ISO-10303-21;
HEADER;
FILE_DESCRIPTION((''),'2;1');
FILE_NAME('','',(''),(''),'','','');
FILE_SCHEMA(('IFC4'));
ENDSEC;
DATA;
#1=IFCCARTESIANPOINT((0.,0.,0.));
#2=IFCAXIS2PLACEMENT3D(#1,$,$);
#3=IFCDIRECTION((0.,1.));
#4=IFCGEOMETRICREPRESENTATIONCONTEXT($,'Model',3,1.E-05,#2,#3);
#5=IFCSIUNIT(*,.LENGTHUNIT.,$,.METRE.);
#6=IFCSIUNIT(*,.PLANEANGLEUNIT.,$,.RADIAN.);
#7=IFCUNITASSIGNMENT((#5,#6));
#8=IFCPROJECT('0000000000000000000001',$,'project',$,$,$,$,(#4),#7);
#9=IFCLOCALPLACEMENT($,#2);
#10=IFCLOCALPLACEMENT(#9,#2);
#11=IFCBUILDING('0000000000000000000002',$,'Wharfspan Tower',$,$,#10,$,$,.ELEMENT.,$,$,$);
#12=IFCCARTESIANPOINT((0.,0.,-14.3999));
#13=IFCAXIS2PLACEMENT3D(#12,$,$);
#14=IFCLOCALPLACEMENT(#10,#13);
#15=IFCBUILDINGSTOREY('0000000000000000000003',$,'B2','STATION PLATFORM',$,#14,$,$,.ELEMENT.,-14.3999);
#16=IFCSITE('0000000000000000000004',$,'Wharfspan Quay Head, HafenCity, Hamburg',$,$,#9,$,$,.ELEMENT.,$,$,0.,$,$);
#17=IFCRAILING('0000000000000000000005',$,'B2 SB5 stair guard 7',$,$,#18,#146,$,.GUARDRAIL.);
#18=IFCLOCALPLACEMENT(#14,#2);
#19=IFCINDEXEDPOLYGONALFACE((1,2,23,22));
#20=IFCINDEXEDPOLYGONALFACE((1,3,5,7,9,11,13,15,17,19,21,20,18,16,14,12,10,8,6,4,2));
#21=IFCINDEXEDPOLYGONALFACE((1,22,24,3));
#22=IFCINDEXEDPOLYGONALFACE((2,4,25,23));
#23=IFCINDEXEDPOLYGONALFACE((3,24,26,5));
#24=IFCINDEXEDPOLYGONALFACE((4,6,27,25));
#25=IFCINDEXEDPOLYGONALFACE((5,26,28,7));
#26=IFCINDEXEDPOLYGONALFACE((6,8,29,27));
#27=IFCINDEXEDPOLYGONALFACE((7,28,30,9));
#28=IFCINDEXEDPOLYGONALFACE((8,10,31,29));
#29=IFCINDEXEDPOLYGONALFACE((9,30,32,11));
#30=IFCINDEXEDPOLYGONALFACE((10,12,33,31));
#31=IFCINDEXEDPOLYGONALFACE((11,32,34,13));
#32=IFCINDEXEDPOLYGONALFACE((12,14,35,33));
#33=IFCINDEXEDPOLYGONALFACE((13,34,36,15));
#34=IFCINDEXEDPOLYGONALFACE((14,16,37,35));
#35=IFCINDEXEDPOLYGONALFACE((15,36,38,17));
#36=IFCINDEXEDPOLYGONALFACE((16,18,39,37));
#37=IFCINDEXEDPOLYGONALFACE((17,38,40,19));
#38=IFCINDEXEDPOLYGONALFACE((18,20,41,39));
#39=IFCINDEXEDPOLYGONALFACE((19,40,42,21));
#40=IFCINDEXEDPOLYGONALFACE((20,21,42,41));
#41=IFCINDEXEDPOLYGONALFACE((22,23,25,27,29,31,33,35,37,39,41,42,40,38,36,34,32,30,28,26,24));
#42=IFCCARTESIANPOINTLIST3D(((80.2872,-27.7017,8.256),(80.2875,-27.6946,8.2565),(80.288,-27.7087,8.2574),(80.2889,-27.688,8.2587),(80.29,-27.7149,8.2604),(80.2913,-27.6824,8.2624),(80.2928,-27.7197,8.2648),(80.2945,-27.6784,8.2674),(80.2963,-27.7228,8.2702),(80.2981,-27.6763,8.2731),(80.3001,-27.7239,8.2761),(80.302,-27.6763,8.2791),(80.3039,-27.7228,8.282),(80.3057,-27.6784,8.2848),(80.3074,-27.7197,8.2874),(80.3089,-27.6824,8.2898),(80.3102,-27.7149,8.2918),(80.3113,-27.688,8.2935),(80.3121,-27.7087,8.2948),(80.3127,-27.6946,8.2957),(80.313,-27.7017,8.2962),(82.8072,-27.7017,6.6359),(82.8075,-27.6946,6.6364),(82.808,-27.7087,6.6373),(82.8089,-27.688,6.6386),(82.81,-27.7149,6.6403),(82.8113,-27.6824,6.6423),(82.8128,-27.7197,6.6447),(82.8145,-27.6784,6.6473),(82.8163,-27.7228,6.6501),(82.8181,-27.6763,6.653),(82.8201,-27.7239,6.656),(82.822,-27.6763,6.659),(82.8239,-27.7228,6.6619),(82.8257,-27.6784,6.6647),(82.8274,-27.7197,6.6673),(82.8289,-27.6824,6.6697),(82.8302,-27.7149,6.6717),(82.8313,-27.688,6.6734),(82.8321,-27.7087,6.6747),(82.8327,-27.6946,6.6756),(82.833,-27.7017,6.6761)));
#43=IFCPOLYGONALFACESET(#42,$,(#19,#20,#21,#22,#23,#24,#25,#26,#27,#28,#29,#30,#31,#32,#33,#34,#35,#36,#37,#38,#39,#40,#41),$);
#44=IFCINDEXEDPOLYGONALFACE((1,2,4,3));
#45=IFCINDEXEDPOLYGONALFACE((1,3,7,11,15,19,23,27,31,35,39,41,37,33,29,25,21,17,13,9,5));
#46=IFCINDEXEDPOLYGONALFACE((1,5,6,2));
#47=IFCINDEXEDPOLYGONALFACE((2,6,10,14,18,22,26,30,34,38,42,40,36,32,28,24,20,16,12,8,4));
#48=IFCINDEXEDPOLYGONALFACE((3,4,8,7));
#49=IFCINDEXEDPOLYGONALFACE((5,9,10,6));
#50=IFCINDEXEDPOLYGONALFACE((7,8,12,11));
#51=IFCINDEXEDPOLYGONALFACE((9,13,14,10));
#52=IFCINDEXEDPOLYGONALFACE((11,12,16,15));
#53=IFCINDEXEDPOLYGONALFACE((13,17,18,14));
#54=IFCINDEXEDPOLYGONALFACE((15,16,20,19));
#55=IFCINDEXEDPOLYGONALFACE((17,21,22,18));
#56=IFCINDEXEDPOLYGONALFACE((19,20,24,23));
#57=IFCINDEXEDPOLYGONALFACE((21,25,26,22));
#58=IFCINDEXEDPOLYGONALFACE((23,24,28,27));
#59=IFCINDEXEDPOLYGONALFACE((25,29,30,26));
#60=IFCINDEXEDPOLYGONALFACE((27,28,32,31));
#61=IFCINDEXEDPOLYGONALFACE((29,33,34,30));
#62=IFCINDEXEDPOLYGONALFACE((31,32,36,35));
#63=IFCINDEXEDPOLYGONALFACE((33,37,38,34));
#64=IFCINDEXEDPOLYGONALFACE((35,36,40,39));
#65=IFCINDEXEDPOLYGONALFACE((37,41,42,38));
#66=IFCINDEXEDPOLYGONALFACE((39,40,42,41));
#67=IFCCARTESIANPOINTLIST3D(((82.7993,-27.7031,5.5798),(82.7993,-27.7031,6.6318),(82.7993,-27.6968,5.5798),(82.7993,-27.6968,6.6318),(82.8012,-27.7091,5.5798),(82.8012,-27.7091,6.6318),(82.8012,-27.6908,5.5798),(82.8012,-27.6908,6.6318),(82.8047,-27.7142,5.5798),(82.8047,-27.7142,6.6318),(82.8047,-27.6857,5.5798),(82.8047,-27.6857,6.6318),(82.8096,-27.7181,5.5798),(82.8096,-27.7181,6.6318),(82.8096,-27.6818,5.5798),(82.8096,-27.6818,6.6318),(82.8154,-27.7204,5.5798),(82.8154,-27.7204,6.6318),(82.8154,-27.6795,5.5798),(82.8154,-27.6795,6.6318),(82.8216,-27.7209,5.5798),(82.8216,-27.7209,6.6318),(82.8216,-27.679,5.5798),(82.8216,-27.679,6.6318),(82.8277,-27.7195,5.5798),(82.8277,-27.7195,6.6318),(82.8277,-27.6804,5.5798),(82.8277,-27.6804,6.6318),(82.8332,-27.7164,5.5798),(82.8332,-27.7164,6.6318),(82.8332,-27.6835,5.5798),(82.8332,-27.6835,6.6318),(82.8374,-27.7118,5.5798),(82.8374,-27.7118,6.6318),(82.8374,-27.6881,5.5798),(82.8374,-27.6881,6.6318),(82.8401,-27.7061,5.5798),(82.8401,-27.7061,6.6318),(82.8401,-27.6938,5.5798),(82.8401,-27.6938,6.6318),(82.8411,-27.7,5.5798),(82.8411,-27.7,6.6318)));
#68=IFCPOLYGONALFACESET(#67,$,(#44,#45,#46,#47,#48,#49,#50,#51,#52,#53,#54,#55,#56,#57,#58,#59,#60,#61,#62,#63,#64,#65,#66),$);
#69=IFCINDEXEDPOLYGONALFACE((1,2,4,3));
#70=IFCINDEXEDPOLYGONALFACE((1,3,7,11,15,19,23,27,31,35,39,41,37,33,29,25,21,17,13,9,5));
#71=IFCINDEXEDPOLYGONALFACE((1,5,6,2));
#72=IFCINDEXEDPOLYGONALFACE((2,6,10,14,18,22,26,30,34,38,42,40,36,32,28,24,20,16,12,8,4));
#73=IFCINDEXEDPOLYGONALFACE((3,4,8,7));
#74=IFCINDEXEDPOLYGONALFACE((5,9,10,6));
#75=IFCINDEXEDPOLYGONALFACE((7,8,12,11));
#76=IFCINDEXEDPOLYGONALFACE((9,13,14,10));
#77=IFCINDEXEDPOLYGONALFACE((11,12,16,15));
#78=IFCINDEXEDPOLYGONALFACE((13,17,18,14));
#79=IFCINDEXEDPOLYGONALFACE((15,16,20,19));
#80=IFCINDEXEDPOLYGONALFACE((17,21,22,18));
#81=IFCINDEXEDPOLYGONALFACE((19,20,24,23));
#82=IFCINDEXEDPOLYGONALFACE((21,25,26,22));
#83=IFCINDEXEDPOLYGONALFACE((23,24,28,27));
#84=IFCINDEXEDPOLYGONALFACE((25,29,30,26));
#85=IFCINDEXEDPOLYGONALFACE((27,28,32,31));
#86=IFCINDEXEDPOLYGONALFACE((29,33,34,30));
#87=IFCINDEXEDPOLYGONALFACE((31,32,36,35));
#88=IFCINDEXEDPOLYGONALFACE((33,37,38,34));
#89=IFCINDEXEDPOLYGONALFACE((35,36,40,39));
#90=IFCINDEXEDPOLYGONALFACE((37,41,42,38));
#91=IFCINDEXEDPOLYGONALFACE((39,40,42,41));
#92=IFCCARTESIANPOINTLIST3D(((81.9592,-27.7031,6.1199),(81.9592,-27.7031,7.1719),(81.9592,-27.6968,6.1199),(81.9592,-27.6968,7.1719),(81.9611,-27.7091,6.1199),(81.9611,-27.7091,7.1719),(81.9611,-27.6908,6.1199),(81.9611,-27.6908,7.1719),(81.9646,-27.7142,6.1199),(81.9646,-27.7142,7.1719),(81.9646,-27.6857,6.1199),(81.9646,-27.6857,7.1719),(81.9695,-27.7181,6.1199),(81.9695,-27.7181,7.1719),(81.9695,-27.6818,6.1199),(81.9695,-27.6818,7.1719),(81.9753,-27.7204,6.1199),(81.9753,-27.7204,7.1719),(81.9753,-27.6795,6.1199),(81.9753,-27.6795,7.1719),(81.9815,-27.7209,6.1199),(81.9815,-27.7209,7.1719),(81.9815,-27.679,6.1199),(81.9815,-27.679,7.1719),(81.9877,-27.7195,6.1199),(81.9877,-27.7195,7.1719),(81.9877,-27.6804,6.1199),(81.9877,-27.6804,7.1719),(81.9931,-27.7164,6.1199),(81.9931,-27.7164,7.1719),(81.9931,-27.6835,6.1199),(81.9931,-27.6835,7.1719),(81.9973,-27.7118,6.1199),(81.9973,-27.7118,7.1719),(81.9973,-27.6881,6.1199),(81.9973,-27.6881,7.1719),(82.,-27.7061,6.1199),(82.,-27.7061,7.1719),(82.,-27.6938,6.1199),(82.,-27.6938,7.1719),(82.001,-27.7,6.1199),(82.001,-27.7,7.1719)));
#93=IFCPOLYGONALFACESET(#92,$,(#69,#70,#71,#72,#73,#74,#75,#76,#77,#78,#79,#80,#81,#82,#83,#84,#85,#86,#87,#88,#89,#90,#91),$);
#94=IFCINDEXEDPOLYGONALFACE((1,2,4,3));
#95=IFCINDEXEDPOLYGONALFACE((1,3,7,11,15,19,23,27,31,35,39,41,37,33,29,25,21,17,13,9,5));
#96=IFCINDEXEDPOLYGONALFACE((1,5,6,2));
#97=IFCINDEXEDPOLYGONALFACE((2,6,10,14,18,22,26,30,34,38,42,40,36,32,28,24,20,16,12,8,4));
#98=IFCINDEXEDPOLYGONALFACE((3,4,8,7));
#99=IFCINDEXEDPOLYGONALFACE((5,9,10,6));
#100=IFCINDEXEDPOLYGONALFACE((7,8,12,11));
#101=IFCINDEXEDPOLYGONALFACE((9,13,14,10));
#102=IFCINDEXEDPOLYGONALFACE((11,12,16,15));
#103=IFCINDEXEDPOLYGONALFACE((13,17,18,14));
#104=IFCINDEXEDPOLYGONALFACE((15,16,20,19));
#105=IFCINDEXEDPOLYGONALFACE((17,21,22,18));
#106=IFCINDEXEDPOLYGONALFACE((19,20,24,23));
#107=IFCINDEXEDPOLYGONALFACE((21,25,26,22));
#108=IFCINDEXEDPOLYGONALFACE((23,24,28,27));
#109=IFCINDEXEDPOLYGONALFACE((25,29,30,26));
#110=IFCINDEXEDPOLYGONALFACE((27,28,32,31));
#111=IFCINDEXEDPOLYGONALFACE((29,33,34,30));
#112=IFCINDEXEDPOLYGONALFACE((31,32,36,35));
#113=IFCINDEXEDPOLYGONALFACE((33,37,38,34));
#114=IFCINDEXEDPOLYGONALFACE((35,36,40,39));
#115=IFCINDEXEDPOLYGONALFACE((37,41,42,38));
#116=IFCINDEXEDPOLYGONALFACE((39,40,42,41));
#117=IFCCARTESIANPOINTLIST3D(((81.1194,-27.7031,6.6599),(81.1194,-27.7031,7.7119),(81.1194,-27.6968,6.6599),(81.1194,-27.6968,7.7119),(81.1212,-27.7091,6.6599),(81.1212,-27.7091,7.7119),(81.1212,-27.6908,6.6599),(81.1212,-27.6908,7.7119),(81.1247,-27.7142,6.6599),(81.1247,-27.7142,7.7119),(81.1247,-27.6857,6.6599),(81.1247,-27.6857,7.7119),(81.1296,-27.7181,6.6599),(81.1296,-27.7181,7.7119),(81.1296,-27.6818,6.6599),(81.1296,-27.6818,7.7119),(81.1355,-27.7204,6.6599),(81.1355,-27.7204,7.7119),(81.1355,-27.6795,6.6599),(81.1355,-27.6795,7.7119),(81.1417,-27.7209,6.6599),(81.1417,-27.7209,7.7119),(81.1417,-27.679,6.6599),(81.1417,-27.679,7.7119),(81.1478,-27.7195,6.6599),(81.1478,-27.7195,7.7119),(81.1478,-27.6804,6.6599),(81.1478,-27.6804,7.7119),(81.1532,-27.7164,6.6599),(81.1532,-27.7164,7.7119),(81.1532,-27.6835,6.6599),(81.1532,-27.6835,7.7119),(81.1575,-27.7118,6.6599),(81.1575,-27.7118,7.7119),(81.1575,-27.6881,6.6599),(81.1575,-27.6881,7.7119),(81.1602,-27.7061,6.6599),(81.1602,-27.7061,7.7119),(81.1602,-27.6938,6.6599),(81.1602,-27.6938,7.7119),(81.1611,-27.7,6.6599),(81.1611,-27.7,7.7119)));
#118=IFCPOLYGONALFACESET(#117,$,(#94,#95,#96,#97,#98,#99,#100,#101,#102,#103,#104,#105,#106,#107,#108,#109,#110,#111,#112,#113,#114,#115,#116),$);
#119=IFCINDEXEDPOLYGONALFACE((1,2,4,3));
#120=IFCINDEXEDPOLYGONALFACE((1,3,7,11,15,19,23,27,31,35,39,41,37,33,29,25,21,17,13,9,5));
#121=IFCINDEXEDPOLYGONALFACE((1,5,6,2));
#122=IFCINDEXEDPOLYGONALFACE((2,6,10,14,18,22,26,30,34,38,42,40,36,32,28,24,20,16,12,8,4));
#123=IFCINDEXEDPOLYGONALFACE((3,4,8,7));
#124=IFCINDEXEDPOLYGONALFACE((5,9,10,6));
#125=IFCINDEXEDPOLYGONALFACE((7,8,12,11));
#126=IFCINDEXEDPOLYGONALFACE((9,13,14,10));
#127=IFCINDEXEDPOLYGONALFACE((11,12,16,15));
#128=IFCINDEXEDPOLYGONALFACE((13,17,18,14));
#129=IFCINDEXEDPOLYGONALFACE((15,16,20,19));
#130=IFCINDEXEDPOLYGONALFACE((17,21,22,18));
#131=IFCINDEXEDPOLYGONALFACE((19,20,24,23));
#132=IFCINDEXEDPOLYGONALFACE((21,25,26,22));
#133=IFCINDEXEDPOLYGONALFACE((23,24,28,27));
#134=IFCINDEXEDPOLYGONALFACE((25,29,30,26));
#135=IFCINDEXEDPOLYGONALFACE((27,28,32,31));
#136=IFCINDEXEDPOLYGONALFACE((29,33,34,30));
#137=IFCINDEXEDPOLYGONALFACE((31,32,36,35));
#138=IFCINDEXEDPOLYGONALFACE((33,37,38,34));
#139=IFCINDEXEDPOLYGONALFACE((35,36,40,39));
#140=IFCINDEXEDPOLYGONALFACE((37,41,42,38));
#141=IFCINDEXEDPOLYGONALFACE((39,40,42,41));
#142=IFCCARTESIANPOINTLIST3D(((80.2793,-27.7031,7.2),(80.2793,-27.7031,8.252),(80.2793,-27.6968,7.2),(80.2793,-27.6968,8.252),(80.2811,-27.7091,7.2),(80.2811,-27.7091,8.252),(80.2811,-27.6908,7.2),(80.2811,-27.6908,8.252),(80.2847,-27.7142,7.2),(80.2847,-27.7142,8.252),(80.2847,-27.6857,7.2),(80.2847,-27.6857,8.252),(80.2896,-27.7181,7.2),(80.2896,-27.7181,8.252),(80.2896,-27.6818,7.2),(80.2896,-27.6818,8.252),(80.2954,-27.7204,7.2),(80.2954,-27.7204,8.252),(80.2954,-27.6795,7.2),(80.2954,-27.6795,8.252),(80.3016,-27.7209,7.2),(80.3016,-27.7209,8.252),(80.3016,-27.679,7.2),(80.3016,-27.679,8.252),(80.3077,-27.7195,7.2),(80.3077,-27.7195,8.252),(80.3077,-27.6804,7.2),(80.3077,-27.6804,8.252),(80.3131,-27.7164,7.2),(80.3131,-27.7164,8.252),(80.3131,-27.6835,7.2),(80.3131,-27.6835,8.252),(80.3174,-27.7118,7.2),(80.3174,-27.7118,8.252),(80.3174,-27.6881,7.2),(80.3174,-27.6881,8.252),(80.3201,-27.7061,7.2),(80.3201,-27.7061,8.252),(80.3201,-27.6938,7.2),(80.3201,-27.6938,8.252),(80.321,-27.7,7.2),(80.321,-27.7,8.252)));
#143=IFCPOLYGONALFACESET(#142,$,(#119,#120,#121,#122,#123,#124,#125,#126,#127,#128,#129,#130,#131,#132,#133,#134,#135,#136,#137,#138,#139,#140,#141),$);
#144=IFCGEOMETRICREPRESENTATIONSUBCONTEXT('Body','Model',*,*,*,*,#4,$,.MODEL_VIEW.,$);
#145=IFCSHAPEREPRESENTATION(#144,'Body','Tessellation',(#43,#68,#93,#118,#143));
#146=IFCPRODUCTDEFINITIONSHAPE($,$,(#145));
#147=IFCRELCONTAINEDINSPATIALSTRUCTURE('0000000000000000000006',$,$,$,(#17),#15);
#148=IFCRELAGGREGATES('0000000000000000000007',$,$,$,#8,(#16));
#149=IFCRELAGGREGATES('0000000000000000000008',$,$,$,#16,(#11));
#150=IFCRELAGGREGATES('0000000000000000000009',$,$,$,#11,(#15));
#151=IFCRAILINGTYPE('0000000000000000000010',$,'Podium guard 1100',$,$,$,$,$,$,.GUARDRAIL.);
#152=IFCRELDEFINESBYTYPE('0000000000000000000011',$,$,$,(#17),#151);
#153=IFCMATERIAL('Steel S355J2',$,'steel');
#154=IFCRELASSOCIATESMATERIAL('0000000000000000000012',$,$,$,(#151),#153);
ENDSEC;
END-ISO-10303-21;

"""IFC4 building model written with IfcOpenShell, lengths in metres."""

from ifc_helpers import new_model, si_unit, direction, frame, origin, origin_2d, place, context, subcontext, project, spatial, circle, extrude, material, type_object, element, save


model = new_model("IFC4")

# Units and contexts
model_context = context("Model", 3, precision=1e-05, world=origin(), true_north=direction((0.0, 1.0)))
body_context = subcontext(model_context, "Body", "Model", "MODEL_VIEW")
ifc_project = project(units=[si_unit("LENGTHUNIT", "METRE"), si_unit("PLANEANGLEUNIT", "RADIAN")], contexts=[model_context])

# Site, building, storey
site_placement = place(None, origin())
site = spatial("IfcSite", under=ifc_project, at=site_placement, Name="Wharfspan Quay Head, HafenCity, Hamburg", CompositionType="ELEMENT", RefElevation=0.0)
building_placement = place(site_placement, origin())
building = spatial("IfcBuilding", under=site, at=building_placement, Name="Wharfspan Tower", CompositionType="ELEMENT")
storey_placement = place(building_placement, frame((0.0, 0.0, -14.3999)))
storey = spatial("IfcBuildingStorey", under=building, at=storey_placement, Name="B2", Description="STATION PLATFORM", CompositionType="ELEMENT", Elevation=-14.3999)

# Railing
ifc_material_1 = material(Name="Steel S355J2", Category="steel")
railing_type_1 = type_object("IfcRailingType", Name="Podium guard 1100", PredefinedType="GUARDRAIL", material=ifc_material_1)
railing_1_placement = place(storey_placement, frame((82.8201, -27.7, 5.5798)))
element("IfcRailing", 1, at=railing_1_placement, inside=storey, type_object=railing_type_1, Name="B2 SB5 stair guard 7", PredefinedType="GUARDRAIL", context=body_context, shape_type="SweptSolid", body=[
    extrude(circle(Radius=0.0239, at=origin_2d()), frame((0.0, 0.0, 1.0762), z_axis=(-0.841163, 0.0, 0.540782), x_axis=(0.0, -1.0, 0.0)), (0.0, 0.0, 1.0), 2.9958),
    extrude(circle(Radius=0.021, at=origin_2d()), origin(), (0.0, 0.0, 1.0), 1.052),
    extrude(circle(Radius=0.021, at=origin_2d()), frame((-0.8401, 0.0, 0.54)), (0.0, 0.0, 1.0), 1.052),
    extrude(circle(Radius=0.021, at=origin_2d()), frame((-1.6799, 0.0, 1.0801)), (0.0, 0.0, 1.0), 1.052),
    extrude(circle(Radius=0.021, at=origin_2d()), frame((-2.52, 0.0, 1.6201)), (0.0, 0.0, 1.0), 1.052),
])

save(model, "model.ifc")
